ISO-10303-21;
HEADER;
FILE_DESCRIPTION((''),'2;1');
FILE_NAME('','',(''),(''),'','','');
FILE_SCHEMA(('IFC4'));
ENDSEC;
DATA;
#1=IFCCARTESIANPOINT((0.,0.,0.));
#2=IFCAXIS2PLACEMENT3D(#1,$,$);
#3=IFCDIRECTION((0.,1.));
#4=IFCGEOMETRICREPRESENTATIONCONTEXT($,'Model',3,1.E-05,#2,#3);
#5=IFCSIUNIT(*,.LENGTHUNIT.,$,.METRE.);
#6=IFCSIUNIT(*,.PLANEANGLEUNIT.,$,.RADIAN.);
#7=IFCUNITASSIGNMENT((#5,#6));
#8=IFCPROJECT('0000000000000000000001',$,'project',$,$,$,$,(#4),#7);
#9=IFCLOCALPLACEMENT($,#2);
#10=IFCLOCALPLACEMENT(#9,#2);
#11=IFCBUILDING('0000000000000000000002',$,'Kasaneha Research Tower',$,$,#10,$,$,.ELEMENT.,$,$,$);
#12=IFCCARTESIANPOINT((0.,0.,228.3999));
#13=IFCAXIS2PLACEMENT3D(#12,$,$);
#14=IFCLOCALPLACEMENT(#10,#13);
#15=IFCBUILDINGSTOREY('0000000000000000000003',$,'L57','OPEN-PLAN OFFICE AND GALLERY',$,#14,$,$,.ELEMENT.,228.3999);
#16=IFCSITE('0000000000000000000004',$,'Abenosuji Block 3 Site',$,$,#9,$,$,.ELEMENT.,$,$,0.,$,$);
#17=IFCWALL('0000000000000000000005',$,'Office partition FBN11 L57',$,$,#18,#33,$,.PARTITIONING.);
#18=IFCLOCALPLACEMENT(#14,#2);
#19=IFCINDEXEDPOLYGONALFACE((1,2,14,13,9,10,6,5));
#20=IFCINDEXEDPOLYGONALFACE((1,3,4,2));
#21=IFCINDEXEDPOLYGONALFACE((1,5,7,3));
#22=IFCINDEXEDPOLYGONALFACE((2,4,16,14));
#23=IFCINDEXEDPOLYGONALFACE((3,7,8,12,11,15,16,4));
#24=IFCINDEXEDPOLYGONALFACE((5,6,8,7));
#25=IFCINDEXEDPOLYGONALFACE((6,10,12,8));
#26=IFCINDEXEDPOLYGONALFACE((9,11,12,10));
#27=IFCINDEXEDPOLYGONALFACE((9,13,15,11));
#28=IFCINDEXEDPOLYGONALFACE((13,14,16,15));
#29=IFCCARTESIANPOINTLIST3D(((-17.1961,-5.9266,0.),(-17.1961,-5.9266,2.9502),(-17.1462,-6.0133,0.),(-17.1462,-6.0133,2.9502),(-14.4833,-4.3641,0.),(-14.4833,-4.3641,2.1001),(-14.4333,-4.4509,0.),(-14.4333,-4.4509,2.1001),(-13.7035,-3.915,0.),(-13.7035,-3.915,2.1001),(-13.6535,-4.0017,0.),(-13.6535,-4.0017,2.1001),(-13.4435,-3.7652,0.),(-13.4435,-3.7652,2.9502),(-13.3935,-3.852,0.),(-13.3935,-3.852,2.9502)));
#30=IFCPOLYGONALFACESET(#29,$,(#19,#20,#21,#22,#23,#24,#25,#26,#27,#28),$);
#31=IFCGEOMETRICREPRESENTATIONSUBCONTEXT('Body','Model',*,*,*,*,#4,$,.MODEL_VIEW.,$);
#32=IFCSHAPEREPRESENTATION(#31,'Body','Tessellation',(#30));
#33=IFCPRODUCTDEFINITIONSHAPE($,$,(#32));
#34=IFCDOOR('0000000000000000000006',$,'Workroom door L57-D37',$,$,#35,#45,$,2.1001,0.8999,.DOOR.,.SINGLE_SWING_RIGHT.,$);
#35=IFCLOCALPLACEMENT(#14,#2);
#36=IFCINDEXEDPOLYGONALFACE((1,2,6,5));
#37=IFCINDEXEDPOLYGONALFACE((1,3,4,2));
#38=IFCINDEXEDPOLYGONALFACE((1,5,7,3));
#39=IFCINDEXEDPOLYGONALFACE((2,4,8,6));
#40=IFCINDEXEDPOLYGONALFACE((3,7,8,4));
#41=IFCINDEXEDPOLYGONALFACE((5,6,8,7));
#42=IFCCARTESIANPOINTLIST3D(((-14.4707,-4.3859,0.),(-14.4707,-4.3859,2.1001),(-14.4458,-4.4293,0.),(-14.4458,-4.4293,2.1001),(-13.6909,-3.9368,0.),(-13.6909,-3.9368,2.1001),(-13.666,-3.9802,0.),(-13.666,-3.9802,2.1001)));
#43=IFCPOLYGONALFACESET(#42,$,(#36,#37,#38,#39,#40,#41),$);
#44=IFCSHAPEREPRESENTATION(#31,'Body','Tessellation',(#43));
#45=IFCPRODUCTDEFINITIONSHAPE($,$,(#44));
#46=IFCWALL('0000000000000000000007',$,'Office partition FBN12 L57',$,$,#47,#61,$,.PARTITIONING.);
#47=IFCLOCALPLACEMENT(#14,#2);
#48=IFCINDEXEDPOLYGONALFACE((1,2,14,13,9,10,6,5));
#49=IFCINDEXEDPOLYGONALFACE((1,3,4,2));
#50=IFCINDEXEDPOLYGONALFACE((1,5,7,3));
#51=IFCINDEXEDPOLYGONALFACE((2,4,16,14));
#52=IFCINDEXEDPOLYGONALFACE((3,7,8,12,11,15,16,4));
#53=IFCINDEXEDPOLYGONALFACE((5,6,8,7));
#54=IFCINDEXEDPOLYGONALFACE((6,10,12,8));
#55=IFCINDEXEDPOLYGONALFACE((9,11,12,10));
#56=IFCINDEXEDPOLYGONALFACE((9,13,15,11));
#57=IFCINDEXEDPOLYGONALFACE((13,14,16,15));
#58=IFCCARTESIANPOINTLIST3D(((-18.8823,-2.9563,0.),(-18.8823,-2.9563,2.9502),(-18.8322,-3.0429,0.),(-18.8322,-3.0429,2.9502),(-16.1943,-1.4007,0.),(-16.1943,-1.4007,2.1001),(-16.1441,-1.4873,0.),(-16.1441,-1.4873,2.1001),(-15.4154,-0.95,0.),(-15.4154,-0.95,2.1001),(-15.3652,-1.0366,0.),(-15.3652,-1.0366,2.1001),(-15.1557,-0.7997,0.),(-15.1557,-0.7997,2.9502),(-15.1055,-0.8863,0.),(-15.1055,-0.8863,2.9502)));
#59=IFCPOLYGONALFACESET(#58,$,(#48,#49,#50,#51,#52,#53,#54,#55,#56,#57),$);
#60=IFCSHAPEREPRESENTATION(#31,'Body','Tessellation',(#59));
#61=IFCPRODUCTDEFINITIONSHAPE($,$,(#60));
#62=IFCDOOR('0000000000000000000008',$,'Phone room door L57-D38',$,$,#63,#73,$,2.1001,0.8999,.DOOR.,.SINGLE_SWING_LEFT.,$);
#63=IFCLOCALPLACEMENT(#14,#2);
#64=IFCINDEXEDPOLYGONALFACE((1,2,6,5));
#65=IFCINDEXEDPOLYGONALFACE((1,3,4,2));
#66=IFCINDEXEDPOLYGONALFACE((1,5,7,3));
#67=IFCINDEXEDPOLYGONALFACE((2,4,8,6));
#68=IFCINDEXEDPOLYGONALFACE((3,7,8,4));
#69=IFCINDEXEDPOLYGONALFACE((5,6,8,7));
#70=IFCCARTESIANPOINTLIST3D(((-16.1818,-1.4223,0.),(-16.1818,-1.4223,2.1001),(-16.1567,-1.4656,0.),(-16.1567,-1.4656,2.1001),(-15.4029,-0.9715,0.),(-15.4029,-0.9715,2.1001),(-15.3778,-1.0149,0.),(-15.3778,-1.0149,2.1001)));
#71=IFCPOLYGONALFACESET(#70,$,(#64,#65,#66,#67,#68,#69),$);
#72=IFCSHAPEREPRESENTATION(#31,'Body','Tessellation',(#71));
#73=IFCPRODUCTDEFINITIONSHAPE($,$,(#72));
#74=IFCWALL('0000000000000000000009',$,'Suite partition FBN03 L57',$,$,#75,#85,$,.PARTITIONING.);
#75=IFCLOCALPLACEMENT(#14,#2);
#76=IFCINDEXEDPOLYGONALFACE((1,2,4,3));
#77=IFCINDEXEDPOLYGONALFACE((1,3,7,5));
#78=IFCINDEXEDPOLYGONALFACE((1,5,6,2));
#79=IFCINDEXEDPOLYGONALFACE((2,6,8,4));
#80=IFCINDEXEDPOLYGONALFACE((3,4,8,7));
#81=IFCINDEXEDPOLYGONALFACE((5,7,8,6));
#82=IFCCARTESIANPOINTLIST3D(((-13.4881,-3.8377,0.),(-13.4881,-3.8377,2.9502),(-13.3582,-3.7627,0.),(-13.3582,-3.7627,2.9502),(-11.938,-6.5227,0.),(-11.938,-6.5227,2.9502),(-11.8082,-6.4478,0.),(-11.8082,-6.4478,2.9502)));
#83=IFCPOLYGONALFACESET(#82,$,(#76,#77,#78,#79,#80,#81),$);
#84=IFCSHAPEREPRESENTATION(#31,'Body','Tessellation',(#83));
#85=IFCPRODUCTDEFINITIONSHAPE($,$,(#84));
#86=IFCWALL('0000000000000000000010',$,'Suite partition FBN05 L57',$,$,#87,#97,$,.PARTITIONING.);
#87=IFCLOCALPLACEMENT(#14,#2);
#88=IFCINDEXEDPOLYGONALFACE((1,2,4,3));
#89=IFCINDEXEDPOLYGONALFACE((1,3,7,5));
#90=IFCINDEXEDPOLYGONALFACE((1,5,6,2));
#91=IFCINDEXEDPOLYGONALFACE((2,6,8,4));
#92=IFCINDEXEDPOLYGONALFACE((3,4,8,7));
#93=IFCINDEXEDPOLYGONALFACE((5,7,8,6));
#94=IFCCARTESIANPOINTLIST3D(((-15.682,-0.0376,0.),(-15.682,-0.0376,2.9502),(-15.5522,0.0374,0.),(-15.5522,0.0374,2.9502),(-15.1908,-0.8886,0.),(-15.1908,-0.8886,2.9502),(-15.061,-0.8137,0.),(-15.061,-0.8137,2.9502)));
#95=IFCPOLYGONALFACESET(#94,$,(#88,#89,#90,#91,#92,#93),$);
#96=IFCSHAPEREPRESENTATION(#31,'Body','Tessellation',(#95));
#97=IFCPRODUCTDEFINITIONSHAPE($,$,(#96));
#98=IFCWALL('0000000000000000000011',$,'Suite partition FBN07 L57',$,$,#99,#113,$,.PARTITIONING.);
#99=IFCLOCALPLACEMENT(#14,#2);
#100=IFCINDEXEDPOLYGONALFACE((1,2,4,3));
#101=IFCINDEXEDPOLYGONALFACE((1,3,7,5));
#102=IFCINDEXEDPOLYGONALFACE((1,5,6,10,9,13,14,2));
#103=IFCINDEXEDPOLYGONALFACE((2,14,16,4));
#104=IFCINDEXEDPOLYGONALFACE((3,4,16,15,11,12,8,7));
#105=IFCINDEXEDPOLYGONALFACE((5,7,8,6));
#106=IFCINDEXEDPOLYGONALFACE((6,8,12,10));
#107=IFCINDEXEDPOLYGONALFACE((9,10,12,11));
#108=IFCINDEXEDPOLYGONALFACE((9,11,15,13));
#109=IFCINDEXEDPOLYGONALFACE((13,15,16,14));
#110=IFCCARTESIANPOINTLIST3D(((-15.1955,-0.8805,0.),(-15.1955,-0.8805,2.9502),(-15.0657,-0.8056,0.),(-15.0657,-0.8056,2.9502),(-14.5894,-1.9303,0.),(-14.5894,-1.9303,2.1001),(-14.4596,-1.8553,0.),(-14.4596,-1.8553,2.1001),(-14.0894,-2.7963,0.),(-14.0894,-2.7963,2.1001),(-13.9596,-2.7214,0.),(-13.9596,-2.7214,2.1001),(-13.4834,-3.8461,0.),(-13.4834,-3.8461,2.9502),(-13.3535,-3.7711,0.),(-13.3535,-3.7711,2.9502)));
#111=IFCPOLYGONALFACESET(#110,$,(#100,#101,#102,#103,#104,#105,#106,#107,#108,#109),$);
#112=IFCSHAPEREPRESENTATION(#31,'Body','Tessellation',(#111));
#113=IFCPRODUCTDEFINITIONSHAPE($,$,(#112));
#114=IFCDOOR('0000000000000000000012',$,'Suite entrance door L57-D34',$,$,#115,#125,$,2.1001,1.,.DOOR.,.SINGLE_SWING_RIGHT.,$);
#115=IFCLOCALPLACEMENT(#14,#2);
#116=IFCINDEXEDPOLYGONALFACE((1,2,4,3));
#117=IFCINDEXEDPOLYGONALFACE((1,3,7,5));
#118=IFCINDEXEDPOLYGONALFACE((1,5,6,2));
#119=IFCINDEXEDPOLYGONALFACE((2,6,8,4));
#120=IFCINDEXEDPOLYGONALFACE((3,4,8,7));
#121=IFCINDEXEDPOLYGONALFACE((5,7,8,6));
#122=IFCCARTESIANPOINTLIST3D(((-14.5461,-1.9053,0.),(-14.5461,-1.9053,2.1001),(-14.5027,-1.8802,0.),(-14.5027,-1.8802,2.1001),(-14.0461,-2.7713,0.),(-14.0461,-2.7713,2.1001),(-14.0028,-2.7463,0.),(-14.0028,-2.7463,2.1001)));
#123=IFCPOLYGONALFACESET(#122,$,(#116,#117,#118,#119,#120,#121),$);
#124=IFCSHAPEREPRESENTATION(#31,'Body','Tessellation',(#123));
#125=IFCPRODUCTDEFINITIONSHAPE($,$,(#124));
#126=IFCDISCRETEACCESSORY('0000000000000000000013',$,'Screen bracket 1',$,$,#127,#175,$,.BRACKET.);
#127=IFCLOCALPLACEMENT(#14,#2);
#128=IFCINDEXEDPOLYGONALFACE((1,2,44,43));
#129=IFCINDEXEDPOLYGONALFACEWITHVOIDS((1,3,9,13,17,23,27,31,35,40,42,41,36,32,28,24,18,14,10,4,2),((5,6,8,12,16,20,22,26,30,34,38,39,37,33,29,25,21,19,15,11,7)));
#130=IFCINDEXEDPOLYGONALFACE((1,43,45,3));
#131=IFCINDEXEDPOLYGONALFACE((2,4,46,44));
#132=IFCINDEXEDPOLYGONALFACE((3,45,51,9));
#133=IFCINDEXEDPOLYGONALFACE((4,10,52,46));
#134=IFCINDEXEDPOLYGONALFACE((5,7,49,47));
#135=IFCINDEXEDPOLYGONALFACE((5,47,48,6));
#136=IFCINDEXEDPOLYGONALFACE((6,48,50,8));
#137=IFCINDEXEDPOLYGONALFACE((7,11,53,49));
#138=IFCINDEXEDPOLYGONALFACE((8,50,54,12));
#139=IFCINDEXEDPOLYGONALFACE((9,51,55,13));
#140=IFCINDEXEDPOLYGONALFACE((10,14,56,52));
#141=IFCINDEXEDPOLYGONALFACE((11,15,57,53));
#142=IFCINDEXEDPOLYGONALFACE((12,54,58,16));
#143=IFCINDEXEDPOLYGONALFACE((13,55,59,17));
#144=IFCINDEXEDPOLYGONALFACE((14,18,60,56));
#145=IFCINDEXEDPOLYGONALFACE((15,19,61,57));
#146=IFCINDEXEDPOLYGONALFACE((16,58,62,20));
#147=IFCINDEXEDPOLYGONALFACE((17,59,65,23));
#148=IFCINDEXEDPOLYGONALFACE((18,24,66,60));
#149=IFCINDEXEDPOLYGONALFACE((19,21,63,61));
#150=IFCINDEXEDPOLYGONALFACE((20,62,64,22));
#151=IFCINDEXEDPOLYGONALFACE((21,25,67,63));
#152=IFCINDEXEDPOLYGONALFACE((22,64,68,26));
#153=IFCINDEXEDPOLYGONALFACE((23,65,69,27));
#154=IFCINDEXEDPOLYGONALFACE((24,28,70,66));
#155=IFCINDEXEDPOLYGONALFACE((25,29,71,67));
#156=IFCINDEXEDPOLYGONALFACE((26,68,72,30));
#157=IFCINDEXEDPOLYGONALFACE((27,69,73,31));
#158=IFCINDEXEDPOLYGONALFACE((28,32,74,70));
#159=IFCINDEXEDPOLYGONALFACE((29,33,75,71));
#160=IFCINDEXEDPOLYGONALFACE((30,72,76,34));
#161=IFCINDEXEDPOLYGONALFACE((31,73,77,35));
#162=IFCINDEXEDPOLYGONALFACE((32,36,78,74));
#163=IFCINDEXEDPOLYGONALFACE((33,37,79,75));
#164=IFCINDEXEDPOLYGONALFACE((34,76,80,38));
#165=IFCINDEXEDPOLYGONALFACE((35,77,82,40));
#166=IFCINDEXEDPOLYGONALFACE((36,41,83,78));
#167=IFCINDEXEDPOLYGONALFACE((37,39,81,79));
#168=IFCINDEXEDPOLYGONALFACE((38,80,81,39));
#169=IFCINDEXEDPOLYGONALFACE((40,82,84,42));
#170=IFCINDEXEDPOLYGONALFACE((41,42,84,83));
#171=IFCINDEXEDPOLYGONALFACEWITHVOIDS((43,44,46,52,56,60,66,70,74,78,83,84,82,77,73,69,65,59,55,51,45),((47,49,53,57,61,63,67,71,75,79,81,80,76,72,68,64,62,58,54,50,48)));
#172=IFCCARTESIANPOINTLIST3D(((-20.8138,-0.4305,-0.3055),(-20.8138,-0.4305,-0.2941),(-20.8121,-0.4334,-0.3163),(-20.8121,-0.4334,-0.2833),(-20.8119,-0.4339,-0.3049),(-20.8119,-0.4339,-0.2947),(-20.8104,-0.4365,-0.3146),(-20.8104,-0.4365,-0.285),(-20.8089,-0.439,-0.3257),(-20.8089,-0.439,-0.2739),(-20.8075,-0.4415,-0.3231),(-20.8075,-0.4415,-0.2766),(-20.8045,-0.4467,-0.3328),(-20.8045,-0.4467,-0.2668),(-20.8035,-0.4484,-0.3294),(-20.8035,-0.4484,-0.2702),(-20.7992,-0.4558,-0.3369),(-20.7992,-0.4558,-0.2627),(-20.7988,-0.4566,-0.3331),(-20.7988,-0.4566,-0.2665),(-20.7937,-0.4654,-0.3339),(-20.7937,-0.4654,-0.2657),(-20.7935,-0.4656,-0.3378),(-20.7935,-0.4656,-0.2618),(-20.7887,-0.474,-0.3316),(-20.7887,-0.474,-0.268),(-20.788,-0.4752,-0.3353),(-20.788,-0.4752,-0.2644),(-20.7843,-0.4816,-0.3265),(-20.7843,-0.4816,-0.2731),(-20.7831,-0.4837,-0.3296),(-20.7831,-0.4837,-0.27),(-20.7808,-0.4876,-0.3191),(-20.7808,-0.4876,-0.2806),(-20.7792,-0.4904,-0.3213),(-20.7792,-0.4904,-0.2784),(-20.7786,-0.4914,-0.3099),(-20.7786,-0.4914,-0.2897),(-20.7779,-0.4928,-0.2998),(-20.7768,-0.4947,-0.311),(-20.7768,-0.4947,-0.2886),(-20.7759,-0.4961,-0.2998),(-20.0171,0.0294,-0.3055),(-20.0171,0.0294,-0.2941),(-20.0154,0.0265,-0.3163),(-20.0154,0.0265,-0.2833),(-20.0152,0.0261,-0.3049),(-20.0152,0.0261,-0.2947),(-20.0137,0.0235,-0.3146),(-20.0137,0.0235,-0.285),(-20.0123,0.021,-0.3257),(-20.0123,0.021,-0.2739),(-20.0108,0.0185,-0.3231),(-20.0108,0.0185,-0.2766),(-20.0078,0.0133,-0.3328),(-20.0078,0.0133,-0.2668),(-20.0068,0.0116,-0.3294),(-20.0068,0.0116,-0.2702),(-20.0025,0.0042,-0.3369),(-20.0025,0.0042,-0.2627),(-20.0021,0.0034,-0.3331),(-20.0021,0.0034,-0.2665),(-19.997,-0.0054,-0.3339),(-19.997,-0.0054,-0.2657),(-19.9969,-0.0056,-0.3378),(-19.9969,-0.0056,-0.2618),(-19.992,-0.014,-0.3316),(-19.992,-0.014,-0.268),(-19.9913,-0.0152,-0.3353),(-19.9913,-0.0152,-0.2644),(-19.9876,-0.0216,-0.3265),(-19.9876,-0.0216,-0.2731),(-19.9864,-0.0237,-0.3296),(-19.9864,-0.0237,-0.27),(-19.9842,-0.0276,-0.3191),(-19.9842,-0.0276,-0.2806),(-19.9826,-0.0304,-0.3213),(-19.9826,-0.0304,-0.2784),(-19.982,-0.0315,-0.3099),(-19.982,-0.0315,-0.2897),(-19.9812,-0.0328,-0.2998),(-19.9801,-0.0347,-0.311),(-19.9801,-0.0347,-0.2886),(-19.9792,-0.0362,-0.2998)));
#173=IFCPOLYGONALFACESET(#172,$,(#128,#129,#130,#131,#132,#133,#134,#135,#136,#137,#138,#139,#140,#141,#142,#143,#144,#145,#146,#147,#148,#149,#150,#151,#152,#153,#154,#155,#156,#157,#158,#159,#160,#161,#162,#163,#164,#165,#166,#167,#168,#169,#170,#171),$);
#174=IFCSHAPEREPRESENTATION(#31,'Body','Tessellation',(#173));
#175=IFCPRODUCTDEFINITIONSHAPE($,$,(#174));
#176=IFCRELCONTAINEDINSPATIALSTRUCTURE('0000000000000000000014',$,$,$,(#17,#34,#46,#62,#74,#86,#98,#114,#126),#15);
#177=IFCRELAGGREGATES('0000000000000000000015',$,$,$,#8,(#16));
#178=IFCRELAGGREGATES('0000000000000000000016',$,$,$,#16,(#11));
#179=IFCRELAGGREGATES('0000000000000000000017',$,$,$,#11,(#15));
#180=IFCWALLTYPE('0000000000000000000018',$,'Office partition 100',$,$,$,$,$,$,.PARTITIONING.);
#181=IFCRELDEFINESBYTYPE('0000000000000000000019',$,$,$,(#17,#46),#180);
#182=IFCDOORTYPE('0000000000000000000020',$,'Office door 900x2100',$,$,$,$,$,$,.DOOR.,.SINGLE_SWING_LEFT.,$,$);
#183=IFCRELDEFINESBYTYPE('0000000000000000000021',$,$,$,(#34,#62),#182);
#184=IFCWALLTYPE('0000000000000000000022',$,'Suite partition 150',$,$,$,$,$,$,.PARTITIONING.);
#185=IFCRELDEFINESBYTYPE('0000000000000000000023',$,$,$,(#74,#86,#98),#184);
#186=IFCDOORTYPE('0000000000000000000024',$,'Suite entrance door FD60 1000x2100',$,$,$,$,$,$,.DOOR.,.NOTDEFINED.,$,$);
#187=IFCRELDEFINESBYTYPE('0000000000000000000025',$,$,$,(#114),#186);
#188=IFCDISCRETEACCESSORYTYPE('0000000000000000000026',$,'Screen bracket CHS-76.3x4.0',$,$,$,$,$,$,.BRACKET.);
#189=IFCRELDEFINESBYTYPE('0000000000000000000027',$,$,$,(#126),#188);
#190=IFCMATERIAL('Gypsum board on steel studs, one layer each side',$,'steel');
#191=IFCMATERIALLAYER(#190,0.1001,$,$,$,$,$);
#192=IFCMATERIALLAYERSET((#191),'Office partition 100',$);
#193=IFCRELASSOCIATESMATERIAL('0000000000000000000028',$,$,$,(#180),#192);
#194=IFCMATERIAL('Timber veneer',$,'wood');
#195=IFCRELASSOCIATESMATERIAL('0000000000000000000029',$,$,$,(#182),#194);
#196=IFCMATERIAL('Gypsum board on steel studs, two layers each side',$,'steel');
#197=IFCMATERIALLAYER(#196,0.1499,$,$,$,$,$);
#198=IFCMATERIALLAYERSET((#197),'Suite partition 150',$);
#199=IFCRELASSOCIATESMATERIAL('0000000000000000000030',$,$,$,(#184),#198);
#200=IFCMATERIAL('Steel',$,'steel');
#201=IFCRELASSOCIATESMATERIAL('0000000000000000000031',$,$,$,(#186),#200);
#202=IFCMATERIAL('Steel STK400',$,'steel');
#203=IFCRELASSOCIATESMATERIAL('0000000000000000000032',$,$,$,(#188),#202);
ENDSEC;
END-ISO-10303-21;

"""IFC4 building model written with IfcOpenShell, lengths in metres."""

from ifc_helpers import new_model, si_unit, direction, frame, frame_2d, origin, origin_2d, place, context, subcontext, project, spatial, rectangle, hollow_circle, extrude, material, layer, layer_set, material_profile, profile_set, type_object, element, fill, save


model = new_model("IFC4")

# Units and contexts
model_context = context("Model", 3, precision=1e-05, world=origin(), true_north=direction((0.0, 1.0)))
body_context = subcontext(model_context, "Body", "Model", "MODEL_VIEW")
ifc_project = project(units=[si_unit("LENGTHUNIT", "METRE"), si_unit("PLANEANGLEUNIT", "RADIAN")], contexts=[model_context])

# Site, building, storey
site_placement = place(None, origin())
site = spatial("IfcSite", under=ifc_project, at=site_placement, Name="Abenosuji Block 3 Site", CompositionType="ELEMENT", RefElevation=0.0)
building_placement = place(site_placement, origin())
building = spatial("IfcBuilding", under=site, at=building_placement, Name="Kasaneha Research Tower", CompositionType="ELEMENT")
storey_placement = place(building_placement, frame((0.0, 0.0, 228.3999)))
storey = spatial("IfcBuildingStorey", under=building, at=storey_placement, Name="L57", Description="OPEN-PLAN OFFICE AND GALLERY", CompositionType="ELEMENT", Elevation=228.3999)

# Walls, openings, doors
ifc_material_1 = material(Name="Gypsum board on steel studs, one layer each side", Category="steel")
ifc_layer_1 = layer(ifc_material_1, 0.1001)
ifc_layer_set_1 = layer_set([ifc_layer_1], Name="Office partition 100")
wall_type_1 = type_object("IfcWallType", Name="Office partition 100", PredefinedType="PARTITIONING", material=ifc_layer_set_1)
wall_1_placement = place(storey_placement, frame((-17.1711, -5.97, 0.0), z_axis=(0.0, 0.0, 1.0), x_axis=(0.866549, 0.499093, 0.0)))
wall_1 = element("IfcWall", 1, at=wall_1_placement, inside=storey, type_object=wall_type_1, Name="Office partition FBN11 L57", PredefinedType="PARTITIONING", context=body_context, shape_type="SweptSolid", body=[
    extrude(rectangle(XDim=4.3306, YDim=0.1001, at=frame_2d((2.1653, 0.0))), origin(), (0.0, 0.0, 1.0), 2.9502),
])
opening_1_placement = place(wall_1_placement, frame((3.1306, 0.0, 0.0)))
opening_1 = element("IfcOpeningElement", 2, at=opening_1_placement, cuts=wall_1, PredefinedType="OPENING", context=body_context, shape_type="SweptSolid", body=[
    extrude(rectangle(XDim=0.8999, YDim=2.1001, at=frame_2d((0.45, 1.05))), frame((0.0, 0.0601, 0.0), z_axis=(0.0, -1.0, 0.0), x_axis=(1.0, 0.0, 0.0)), (0.0, 0.0, 1.0), 0.1201),
])
ifc_material_2 = material(Name="Timber veneer", Category="wood")
door_type_1 = type_object("IfcDoorType", Name="Office door 900x2100", OperationType="SINGLE_SWING_LEFT", PredefinedType="DOOR", material=ifc_material_2)
door_1_placement = place(opening_1_placement, origin())
door_1 = element("IfcDoor", 3, at=door_1_placement, inside=storey, type_object=door_type_1, Name="Workroom door L57-D37", OperationType="SINGLE_SWING_RIGHT", OverallHeight=2.1001, OverallWidth=0.8999, PredefinedType="DOOR", context=body_context, shape_type="SweptSolid", body=[
    extrude(rectangle(XDim=0.8999, YDim=2.1001, at=frame_2d((0.45, 1.05))), frame((0.0, 0.0249, 0.0), z_axis=(0.0, -1.0, 0.0), x_axis=(1.0, 0.0, 0.0)), (0.0, 0.0, 1.0), 0.05),
])
fill(opening_1, door_1)
wall_2_placement = place(storey_placement, frame((-15.1306, -0.843, 0.0), z_axis=(0.0, 0.0, 1.0), x_axis=(-0.865526, -0.500864, 0.0)))
wall_2 = element("IfcWall", 4, at=wall_2_placement, inside=storey, type_object=wall_type_1, Name="Office partition FBN12 L57", PredefinedType="PARTITIONING", context=body_context, shape_type="SweptSolid", body=[
    extrude(rectangle(XDim=4.3057, YDim=0.1001, at=frame_2d((2.1528, 0.0))), origin(), (0.0, 0.0, 1.0), 2.9502),
])
opening_2_placement = place(wall_2_placement, frame((0.3, 0.0, 0.0)))
opening_2 = element("IfcOpeningElement", 5, at=opening_2_placement, cuts=wall_2, PredefinedType="OPENING", context=body_context, shape_type="SweptSolid", body=[
    extrude(rectangle(XDim=0.8999, YDim=2.1001, at=frame_2d((0.45, 1.05))), frame((0.0, 0.0601, 0.0), z_axis=(0.0, -1.0, 0.0), x_axis=(1.0, 0.0, 0.0)), (0.0, 0.0, 1.0), 0.1201),
])
door_2_placement = place(opening_2_placement, origin())
door_2 = element("IfcDoor", 6, at=door_2_placement, inside=storey, type_object=door_type_1, Name="Phone room door L57-D38", OperationType="SINGLE_SWING_LEFT", OverallHeight=2.1001, OverallWidth=0.8999, PredefinedType="DOOR", context=body_context, shape_type="SweptSolid", body=[
    extrude(rectangle(XDim=0.8999, YDim=2.1001, at=frame_2d((0.45, 1.05))), frame((0.0, 0.0249, 0.0), z_axis=(0.0, -1.0, 0.0), x_axis=(1.0, 0.0, 0.0)), (0.0, 0.0, 1.0), 0.05),
])
fill(opening_2, door_2)

# Walls
ifc_material_3 = material(Name="Gypsum board on steel studs, two layers each side", Category="steel")
ifc_layer_2 = layer(ifc_material_3, 0.1499)
ifc_layer_set_2 = layer_set([ifc_layer_2], Name="Suite partition 150")
wall_type_2 = type_object("IfcWallType", Name="Suite partition 150", PredefinedType="PARTITIONING", material=ifc_layer_set_2)
wall_3_placement = place(storey_placement, frame((-11.873, -6.4854, 0.0), z_axis=(0.0, 0.0, 1.0), x_axis=(-0.499959, 0.866049, 0.0)))
element("IfcWall", 7, at=wall_3_placement, inside=storey, type_object=wall_type_2, Name="Suite partition FBN03 L57", PredefinedType="PARTITIONING", context=body_context, shape_type="SweptSolid", body=[
    extrude(rectangle(XDim=3.1003, YDim=0.1499, at=frame_2d((1.5503, 0.0))), origin(), (0.0, 0.0, 1.0), 2.9502),
])
wall_4_placement = place(storey_placement, frame((-15.126, -0.8511, 0.0), z_axis=(0.0, 0.0, 1.0), x_axis=(-0.49988, 0.866095, 0.0)))
element("IfcWall", 8, at=wall_4_placement, inside=storey, type_object=wall_type_2, Name="Suite partition FBN05 L57", PredefinedType="PARTITIONING", context=body_context, shape_type="SweptSolid", body=[
    extrude(rectangle(XDim=0.9827, YDim=0.1499, at=frame_2d((0.4912, 0.0))), origin(), (0.0, 0.0, 1.0), 2.9502),
])

# Wall, opening, door
wall_5_placement = place(storey_placement, frame((-13.4185, -3.8086, 0.0), z_axis=(0.0, 0.0, 1.0), x_axis=(-0.499996, 0.866028, 0.0)))
wall_5 = element("IfcWall", 9, at=wall_5_placement, inside=storey, type_object=wall_type_2, Name="Suite partition FBN07 L57", PredefinedType="PARTITIONING", context=body_context, shape_type="SweptSolid", body=[
    extrude(rectangle(XDim=3.4243, YDim=0.1499, at=frame_2d((1.7122, 0.0))), origin(), (0.0, 0.0, 1.0), 2.9502),
])
opening_3_placement = place(wall_5_placement, frame((1.2122, 0.0, 0.0)))
opening_3 = element("IfcOpeningElement", 10, at=opening_3_placement, cuts=wall_5, PredefinedType="OPENING", context=body_context, shape_type="SweptSolid", body=[
    extrude(rectangle(XDim=1.0, YDim=2.1001, at=frame_2d((0.5, 1.05))), frame((0.0, 0.085, 0.0), z_axis=(0.0, -1.0, 0.0), x_axis=(1.0, 0.0, 0.0)), (0.0, 0.0, 1.0), 0.1699),
])
ifc_material_4 = material(Name="Steel", Category="steel")
door_type_2 = type_object("IfcDoorType", Name="Suite entrance door FD60 1000x2100", OperationType="NOTDEFINED", PredefinedType="DOOR", material=ifc_material_4)
door_3_placement = place(opening_3_placement, origin())
door_3 = element("IfcDoor", 11, at=door_3_placement, inside=storey, type_object=door_type_2, Name="Suite entrance door L57-D34", OperationType="SINGLE_SWING_RIGHT", OverallHeight=2.1001, OverallWidth=1.0, PredefinedType="DOOR", context=body_context, shape_type="SweptSolid", body=[
    extrude(rectangle(XDim=1.0, YDim=2.1001, at=frame_2d((0.5, 1.05))), frame((0.0, 0.0249, 0.0), z_axis=(0.0, -1.0, 0.0), x_axis=(1.0, 0.0, 0.0)), (0.0, 0.0, 1.0), 0.05),
])
fill(opening_3, door_3)

# Discrete accessory
ifc_material_5 = material(Name="Steel STK400", Category="steel")
ifc_material_profile_1 = material_profile(ifc_material_5, hollow_circle(Radius=0.0381, WallThickness=0.0039, at=origin_2d()), Name="CHS-76.3x4.0")
ifc_profile_set_1 = profile_set([ifc_material_profile_1], Name="Steel STK400")
discrete_accessory_type = type_object("IfcDiscreteAccessoryType", Name="Screen bracket CHS-76.3x4.0", PredefinedType="BRACKET", material=ifc_profile_set_1)
discrete_accessory_placement = place(storey_placement, frame((-19.9983, -0.0032, -0.2998), z_axis=(-0.866013, -0.500021, 0.0), x_axis=(0.500021, -0.866013, 0.0)))
element("IfcDiscreteAccessory", 12, at=discrete_accessory_placement, inside=storey, type_object=discrete_accessory_type, Name="Screen bracket 1", PredefinedType="BRACKET", context=body_context, shape_type="SweptSolid", body=[
    extrude(hollow_circle(Radius=0.0381, WallThickness=0.0039, at=origin_2d()), origin(), (0.0, 0.0, 1.0), 0.9199),
])

save(model, "model.ifc")
